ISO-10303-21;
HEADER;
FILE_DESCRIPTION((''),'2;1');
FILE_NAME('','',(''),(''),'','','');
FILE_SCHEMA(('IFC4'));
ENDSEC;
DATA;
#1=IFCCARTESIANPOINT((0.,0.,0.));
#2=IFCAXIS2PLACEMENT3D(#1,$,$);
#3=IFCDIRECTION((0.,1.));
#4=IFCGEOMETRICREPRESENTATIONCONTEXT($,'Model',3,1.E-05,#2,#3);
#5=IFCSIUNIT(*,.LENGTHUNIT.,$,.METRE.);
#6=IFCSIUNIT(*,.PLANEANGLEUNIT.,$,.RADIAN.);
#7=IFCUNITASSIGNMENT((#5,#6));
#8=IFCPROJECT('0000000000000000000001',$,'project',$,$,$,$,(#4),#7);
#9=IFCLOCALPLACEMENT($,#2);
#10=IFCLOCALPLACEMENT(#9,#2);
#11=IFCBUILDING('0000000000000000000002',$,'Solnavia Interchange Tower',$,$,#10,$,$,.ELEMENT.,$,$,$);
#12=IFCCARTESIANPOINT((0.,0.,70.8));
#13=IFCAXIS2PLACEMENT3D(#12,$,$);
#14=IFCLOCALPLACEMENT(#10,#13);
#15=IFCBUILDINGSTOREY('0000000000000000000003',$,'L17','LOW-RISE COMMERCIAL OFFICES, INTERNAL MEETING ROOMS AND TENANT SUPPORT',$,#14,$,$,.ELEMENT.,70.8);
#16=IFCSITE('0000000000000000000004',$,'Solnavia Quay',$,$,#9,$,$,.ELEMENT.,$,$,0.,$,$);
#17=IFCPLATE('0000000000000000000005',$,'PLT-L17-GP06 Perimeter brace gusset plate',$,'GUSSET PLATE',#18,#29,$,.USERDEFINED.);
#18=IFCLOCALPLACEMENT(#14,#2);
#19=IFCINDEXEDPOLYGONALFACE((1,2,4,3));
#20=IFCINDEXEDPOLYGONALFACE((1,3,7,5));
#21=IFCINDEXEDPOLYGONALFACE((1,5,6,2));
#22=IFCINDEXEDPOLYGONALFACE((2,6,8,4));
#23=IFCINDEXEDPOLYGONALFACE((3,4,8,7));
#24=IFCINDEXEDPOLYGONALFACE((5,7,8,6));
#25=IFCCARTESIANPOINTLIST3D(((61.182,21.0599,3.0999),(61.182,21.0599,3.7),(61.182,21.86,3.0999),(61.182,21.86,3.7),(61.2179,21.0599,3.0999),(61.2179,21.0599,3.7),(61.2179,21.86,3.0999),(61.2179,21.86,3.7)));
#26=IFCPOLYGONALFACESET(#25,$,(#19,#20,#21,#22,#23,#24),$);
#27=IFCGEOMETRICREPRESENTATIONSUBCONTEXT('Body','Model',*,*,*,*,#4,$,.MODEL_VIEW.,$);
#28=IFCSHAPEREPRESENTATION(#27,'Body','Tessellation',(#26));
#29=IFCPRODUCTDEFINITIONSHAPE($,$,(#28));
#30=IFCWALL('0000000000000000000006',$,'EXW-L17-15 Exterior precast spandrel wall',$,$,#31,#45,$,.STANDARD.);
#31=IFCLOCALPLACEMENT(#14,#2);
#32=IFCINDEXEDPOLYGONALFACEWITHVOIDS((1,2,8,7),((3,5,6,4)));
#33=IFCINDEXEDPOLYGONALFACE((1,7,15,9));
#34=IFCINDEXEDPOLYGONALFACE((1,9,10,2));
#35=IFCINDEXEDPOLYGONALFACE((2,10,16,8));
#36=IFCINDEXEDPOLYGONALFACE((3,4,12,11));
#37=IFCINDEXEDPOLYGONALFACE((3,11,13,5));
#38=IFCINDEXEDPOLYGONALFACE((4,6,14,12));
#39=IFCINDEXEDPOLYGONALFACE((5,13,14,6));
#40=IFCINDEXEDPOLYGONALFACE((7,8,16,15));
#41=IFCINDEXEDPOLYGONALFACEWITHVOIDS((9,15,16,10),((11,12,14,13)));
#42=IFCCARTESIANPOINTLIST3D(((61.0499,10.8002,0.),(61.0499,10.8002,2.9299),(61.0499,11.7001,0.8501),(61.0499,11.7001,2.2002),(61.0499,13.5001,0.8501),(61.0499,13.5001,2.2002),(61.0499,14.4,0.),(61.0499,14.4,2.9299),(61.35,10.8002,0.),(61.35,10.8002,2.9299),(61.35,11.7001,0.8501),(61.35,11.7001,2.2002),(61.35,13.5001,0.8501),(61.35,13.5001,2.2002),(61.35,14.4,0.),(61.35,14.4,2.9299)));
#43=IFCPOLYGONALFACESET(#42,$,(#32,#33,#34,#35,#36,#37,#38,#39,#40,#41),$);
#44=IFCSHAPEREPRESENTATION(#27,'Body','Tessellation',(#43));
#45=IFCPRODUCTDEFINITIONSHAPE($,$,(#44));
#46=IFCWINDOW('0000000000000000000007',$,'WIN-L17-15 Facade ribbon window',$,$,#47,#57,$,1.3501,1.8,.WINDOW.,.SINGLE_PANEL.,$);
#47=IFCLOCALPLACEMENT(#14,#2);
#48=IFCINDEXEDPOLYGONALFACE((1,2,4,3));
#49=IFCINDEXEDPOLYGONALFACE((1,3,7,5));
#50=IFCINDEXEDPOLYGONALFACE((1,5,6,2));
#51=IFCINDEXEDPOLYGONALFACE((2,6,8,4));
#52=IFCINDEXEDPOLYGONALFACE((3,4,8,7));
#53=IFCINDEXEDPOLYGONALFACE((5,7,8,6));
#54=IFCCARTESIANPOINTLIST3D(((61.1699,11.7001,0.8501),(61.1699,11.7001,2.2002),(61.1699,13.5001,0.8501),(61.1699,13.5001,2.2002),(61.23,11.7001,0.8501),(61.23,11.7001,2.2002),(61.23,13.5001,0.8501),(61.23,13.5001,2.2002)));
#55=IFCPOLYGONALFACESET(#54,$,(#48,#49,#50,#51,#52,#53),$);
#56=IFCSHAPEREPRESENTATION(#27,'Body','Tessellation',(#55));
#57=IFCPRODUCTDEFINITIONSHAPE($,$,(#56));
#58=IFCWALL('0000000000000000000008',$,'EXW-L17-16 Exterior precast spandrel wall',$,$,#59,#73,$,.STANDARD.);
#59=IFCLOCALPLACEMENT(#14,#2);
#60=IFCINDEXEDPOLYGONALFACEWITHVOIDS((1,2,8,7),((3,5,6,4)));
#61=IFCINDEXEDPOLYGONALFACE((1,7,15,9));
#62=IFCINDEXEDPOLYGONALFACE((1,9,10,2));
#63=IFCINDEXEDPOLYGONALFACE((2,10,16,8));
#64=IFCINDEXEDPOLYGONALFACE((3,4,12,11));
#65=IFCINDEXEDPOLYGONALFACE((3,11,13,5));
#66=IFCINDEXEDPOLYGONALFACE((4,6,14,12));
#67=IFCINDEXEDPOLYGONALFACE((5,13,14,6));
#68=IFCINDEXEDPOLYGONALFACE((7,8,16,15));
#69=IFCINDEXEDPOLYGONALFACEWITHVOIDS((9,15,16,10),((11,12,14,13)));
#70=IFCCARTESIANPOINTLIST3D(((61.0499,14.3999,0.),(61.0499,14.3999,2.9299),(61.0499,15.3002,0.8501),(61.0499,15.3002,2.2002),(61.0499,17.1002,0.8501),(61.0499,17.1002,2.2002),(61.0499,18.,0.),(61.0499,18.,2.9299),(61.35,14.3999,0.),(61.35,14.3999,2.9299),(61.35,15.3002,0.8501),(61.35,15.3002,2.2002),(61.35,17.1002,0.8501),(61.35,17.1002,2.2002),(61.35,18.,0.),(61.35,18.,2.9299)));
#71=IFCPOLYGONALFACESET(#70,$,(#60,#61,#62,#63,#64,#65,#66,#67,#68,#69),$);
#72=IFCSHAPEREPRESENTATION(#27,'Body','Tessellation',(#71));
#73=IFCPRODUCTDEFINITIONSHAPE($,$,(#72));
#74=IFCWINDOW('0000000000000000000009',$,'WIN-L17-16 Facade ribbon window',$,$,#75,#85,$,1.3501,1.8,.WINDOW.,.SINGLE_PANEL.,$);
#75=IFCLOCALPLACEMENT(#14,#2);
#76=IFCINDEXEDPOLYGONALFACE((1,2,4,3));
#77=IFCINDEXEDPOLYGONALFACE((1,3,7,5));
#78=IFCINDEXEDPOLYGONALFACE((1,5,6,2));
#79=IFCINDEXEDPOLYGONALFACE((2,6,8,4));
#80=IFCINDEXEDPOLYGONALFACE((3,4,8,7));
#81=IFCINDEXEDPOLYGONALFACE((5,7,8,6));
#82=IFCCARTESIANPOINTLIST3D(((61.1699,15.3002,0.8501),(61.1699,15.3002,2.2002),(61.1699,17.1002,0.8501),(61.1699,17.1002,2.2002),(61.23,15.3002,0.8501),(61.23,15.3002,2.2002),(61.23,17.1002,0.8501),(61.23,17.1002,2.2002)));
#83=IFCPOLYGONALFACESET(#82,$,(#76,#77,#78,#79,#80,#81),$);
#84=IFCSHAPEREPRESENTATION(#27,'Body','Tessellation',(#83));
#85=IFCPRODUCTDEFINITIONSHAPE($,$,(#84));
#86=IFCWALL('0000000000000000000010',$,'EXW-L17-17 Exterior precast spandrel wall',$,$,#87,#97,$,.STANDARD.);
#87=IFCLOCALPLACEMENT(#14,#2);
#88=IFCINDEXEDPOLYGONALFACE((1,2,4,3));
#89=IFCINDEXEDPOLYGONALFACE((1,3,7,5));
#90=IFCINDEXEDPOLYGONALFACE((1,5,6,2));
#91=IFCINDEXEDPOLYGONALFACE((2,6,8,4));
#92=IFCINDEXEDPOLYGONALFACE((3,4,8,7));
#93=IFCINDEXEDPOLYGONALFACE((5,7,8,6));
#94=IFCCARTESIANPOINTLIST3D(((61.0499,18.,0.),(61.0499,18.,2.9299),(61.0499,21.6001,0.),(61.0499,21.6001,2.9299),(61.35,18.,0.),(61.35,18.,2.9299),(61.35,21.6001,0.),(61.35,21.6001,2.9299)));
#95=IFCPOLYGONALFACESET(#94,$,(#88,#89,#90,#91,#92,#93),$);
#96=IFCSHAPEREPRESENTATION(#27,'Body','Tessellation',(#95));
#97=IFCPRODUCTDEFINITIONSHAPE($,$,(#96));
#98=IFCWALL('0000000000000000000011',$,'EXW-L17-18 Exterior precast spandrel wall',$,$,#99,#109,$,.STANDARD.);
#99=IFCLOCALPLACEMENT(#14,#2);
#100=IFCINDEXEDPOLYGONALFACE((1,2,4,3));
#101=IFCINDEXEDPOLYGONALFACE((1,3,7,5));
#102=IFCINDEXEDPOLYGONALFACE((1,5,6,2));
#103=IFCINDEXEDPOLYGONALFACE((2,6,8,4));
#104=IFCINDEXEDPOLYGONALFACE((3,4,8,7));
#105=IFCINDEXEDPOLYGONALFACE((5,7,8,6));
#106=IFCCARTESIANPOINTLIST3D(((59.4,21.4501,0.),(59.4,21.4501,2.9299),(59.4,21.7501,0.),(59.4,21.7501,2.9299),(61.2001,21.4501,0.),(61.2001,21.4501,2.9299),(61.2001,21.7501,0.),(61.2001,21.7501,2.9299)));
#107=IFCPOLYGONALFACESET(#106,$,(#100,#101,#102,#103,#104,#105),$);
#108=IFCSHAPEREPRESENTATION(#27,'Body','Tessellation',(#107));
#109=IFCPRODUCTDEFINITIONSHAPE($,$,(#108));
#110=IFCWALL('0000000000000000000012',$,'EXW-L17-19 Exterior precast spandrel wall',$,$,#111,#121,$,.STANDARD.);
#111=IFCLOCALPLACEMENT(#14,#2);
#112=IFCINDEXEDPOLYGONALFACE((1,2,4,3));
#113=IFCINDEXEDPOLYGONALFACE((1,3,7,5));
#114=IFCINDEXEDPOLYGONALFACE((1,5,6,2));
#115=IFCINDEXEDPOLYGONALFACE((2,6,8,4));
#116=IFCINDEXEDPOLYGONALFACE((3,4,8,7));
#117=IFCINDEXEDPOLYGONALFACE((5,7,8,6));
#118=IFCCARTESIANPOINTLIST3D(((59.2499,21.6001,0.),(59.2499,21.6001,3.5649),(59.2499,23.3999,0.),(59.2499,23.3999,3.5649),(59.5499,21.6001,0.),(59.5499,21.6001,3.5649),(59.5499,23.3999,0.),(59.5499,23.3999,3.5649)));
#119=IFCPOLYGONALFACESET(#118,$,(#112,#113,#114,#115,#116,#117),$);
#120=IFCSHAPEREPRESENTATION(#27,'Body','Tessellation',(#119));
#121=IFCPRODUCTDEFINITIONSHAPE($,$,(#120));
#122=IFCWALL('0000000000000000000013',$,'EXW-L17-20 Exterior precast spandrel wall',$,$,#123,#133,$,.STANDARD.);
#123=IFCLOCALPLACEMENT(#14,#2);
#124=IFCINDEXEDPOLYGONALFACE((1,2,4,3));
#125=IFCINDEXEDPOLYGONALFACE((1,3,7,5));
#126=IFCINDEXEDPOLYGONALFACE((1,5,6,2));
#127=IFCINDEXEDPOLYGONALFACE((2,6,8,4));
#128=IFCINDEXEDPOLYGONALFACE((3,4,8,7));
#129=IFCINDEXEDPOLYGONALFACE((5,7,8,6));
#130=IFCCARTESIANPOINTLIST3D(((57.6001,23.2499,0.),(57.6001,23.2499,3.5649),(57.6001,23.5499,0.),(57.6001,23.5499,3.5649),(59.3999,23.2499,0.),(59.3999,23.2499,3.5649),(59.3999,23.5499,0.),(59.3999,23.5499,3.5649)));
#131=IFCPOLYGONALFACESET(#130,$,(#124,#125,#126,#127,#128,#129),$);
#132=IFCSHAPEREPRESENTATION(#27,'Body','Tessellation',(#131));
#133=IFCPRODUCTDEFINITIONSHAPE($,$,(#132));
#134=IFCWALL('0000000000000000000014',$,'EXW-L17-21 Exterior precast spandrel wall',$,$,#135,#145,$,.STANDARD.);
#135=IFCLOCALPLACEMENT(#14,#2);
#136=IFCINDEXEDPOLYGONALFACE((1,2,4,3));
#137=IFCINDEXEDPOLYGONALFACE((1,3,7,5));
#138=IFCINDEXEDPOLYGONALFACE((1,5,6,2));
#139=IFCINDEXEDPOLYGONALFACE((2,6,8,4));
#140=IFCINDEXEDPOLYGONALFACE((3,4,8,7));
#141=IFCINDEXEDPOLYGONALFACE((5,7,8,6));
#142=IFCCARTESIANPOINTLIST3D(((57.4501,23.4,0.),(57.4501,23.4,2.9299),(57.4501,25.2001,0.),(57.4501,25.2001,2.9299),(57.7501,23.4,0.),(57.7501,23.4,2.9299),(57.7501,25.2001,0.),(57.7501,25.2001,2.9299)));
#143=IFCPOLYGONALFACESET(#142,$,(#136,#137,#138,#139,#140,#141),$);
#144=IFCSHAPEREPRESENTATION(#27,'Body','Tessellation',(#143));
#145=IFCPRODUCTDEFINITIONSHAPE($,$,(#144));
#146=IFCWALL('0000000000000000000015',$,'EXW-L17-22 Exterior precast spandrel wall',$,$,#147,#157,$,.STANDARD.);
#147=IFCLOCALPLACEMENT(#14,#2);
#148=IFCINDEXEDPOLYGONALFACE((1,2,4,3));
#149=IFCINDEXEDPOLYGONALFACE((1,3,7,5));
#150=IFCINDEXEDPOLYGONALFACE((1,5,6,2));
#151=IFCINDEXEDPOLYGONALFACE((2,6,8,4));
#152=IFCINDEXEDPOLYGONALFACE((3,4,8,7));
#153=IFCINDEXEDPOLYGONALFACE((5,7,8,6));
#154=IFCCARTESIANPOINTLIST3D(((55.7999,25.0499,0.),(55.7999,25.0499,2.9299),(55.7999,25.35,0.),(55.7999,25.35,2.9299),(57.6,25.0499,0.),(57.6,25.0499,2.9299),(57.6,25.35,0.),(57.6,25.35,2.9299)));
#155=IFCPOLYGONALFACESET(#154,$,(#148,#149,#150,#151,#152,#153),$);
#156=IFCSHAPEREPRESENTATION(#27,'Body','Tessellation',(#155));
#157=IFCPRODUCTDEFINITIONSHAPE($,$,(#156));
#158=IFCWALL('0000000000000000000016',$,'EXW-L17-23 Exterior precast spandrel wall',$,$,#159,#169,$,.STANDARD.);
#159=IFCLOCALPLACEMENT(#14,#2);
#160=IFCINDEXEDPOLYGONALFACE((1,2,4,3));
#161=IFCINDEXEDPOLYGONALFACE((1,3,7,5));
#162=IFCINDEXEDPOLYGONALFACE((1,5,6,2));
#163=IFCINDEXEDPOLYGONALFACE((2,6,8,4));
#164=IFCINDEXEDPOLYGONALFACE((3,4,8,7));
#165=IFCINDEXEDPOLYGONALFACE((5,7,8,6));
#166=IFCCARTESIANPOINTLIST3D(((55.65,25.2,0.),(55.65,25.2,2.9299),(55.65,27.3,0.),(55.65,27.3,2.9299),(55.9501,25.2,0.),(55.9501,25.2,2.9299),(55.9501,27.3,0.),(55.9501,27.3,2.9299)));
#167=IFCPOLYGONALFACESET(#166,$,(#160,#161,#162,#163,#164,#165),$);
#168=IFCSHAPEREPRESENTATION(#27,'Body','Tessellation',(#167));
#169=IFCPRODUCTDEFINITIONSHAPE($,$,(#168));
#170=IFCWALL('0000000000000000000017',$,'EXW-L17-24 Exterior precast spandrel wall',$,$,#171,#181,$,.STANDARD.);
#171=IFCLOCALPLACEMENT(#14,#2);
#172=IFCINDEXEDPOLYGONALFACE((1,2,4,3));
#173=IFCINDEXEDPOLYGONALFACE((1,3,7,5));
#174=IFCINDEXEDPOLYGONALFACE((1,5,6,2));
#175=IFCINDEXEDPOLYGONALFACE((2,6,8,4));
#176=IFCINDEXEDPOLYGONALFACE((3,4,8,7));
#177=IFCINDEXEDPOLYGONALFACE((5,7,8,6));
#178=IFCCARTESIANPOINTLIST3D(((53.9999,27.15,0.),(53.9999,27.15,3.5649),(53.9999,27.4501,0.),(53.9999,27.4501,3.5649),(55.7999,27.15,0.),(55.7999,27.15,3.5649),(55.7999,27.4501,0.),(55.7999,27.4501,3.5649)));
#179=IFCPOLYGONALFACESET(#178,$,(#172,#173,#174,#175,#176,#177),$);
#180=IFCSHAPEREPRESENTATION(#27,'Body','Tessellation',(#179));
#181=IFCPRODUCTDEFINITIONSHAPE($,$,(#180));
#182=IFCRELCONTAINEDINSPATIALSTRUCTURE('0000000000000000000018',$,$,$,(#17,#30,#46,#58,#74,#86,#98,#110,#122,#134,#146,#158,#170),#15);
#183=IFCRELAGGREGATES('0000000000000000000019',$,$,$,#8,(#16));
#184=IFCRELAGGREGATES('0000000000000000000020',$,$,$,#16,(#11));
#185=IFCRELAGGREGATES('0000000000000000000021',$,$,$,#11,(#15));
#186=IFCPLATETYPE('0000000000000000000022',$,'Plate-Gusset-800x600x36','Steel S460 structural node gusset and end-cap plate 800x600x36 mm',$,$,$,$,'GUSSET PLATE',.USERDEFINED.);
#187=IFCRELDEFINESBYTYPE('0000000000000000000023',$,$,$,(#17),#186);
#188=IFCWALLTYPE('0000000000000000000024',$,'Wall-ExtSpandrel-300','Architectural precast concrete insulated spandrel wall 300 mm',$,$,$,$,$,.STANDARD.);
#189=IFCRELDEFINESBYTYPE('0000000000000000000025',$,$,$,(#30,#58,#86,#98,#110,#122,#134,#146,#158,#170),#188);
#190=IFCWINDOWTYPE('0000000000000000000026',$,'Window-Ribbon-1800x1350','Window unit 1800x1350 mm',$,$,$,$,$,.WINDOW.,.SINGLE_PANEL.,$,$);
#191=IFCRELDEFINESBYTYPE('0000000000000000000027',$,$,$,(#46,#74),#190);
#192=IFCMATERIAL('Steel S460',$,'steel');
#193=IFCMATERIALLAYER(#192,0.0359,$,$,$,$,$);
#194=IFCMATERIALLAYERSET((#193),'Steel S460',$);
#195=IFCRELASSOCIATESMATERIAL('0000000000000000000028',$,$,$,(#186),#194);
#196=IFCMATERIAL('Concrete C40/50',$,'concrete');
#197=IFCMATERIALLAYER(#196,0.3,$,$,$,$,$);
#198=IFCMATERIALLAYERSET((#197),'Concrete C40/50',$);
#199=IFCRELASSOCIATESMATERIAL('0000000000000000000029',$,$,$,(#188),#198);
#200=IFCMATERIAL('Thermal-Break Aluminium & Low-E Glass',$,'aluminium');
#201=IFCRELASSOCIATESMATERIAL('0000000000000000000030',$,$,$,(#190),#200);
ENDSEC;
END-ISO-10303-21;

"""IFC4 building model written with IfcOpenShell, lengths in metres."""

from ifc_helpers import new_model, si_unit, direction, frame, frame_2d, origin, origin_2d, place, context, subcontext, project, spatial, rectangle, extrude, material, layer, layer_set, type_object, element, fill, save


model = new_model("IFC4")

# Units and contexts
model_context = context("Model", 3, precision=1e-05, world=origin(), true_north=direction((0.0, 1.0)))
body_context = subcontext(model_context, "Body", "Model", "MODEL_VIEW")
ifc_project = project(units=[si_unit("LENGTHUNIT", "METRE"), si_unit("PLANEANGLEUNIT", "RADIAN")], contexts=[model_context])

# Site, building, storey
site_placement = place(None, origin())
site = spatial("IfcSite", under=ifc_project, at=site_placement, Name="Solnavia Quay", CompositionType="ELEMENT", RefElevation=0.0)
building_placement = place(site_placement, origin())
building = spatial("IfcBuilding", under=site, at=building_placement, Name="Solnavia Interchange Tower", CompositionType="ELEMENT")
storey_placement = place(building_placement, frame((0.0, 0.0, 70.8)))
storey = spatial("IfcBuildingStorey", under=building, at=storey_placement, Name="L17", Description="LOW-RISE COMMERCIAL OFFICES, INTERNAL MEETING ROOMS AND TENANT SUPPORT", CompositionType="ELEMENT", Elevation=70.8)

# Shared definitions
ifc_material_1 = material(Name="Steel S460", Category="steel")

# Plate
ifc_layer_1 = layer(ifc_material_1, 0.0359)
ifc_layer_set_1 = layer_set([ifc_layer_1], Name="Steel S460")
plate_type = type_object("IfcPlateType", Name="Plate-Gusset-800x600x36", Description="Steel S460 structural node gusset and end-cap plate 800x600x36 mm", ElementType="GUSSET PLATE", PredefinedType="USERDEFINED", material=ifc_layer_set_1)
for number, where, z_axis, x_axis, name in (
    (1, (61.2, 21.46, 3.0999), (0.0, 0.0, 1.0), (0.0, 1.0, 0.0), "PLT-L17-GP06 Perimeter brace gusset plate"),
):
    element("IfcPlate", number, at=place(storey_placement, frame(where, z_axis=z_axis, x_axis=x_axis)), inside=storey, type_object=plate_type, Name=name, ObjectType="GUSSET PLATE", PredefinedType="USERDEFINED", context=body_context, shape_type="SweptSolid", body=[
        extrude(rectangle(XDim=0.8, YDim=0.0359, at=origin_2d()), origin(), (0.0, 0.0, 1.0), 0.6001),
    ])

# Walls, openings, windows
ifc_material_2 = material(Name="Concrete C40/50", Category="concrete")
ifc_layer_2 = layer(ifc_material_2, 0.3)
ifc_layer_set_2 = layer_set([ifc_layer_2], Name="Concrete C40/50")
wall_type = type_object("IfcWallType", Name="Wall-ExtSpandrel-300", Description="Architectural precast concrete insulated spandrel wall 300 mm", PredefinedType="STANDARD", material=ifc_layer_set_2)
wall_1_placement = place(storey_placement, frame((61.2, 14.3999, 0.0), z_axis=(0.0, 0.0, 1.0), x_axis=(0.0, -1.0, 0.0)))
wall_1 = element("IfcWall", 2, at=wall_1_placement, inside=storey, type_object=wall_type, Name="EXW-L17-15 Exterior precast spandrel wall", PredefinedType="STANDARD", context=body_context, shape_type="SweptSolid", body=[
    extrude(rectangle(XDim=3.5999, YDim=0.3, at=frame_2d((1.7998, 0.0))), origin(), (0.0, 0.0, 1.0), 2.9299),
])
opening_1_placement = place(wall_1_placement, frame((0.8999, 0.0, 0.8501)))
opening_1 = element("IfcOpeningElement", 3, at=opening_1_placement, cuts=wall_1, PredefinedType="OPENING", context=body_context, shape_type="SweptSolid", body=[
    extrude(rectangle(XDim=1.8, YDim=1.3501, at=frame_2d((0.8999, 0.675))), frame((0.0, 0.1602, 0.0), z_axis=(0.0, -1.0, 0.0), x_axis=(1.0, 0.0, 0.0)), (0.0, 0.0, 1.0), 0.3201),
])
ifc_material_3 = material(Name="Thermal-Break Aluminium & Low-E Glass", Category="aluminium")
window_type = type_object("IfcWindowType", Name="Window-Ribbon-1800x1350", Description="Window unit 1800x1350 mm", PartitioningType="SINGLE_PANEL", PredefinedType="WINDOW", material=ifc_material_3)
window_1_placement = place(opening_1_placement, origin())
window_1 = element("IfcWindow", 4, at=window_1_placement, inside=storey, type_object=window_type, Name="WIN-L17-15 Facade ribbon window", OverallHeight=1.3501, OverallWidth=1.8, PartitioningType="SINGLE_PANEL", PredefinedType="WINDOW", context=body_context, shape_type="SweptSolid", body=[
    extrude(rectangle(XDim=1.8, YDim=1.3501, at=frame_2d((0.8999, 0.675))), frame((0.0, 0.03, 0.0), z_axis=(0.0, -1.0, 0.0), x_axis=(1.0, 0.0, 0.0)), (0.0, 0.0, 1.0), 0.0601),
])
fill(opening_1, window_1)
wall_2_placement = place(storey_placement, frame((61.2, 18.0, 0.0), z_axis=(0.0, 0.0, 1.0), x_axis=(0.0, -1.0, 0.0)))
wall_2 = element("IfcWall", 5, at=wall_2_placement, inside=storey, type_object=wall_type, Name="EXW-L17-16 Exterior precast spandrel wall", PredefinedType="STANDARD", context=body_context, shape_type="SweptSolid", body=[
    extrude(rectangle(XDim=3.6001, YDim=0.3, at=frame_2d((1.8, 0.0))), origin(), (0.0, 0.0, 1.0), 2.9299),
])
opening_2_placement = place(wall_2_placement, frame((0.8999, 0.0, 0.8501)))
opening_2 = element("IfcOpeningElement", 6, at=opening_2_placement, cuts=wall_2, PredefinedType="OPENING", context=body_context, shape_type="SweptSolid", body=[
    extrude(rectangle(XDim=1.8, YDim=1.3501, at=frame_2d((0.8999, 0.675))), frame((0.0, 0.1602, 0.0), z_axis=(0.0, -1.0, 0.0), x_axis=(1.0, 0.0, 0.0)), (0.0, 0.0, 1.0), 0.3201),
])
window_2_placement = place(opening_2_placement, origin())
window_2 = element("IfcWindow", 7, at=window_2_placement, inside=storey, type_object=window_type, Name="WIN-L17-16 Facade ribbon window", OverallHeight=1.3501, OverallWidth=1.8, PartitioningType="SINGLE_PANEL", PredefinedType="WINDOW", context=body_context, shape_type="SweptSolid", body=[
    extrude(rectangle(XDim=1.8, YDim=1.3501, at=frame_2d((0.8999, 0.675))), frame((0.0, 0.03, 0.0), z_axis=(0.0, -1.0, 0.0), x_axis=(1.0, 0.0, 0.0)), (0.0, 0.0, 1.0), 0.0601),
])
fill(opening_2, window_2)

# Walls
wall_3_placement = place(storey_placement, frame((61.2, 21.6001, 0.0), z_axis=(0.0, 0.0, 1.0), x_axis=(0.0, -1.0, 0.0)))
element("IfcWall", 8, at=wall_3_placement, inside=storey, type_object=wall_type, Name="EXW-L17-17 Exterior precast spandrel wall", PredefinedType="STANDARD", context=body_context, shape_type="SweptSolid", body=[
    extrude(rectangle(XDim=3.6001, YDim=0.3, at=frame_2d((1.8, 0.0))), origin(), (0.0, 0.0, 1.0), 2.9299),
])
wall_4_placement = place(storey_placement, frame((61.2, 21.6001, 0.0), z_axis=(0.0, 0.0, 1.0), x_axis=(-1.0, 0.0, 0.0)))
element("IfcWall", 9, at=wall_4_placement, inside=storey, type_object=wall_type, Name="EXW-L17-18 Exterior precast spandrel wall", PredefinedType="STANDARD", context=body_context, shape_type="SweptSolid", body=[
    extrude(rectangle(XDim=1.8, YDim=0.3, at=frame_2d((0.8999, 0.0))), origin(), (0.0, 0.0, 1.0), 2.9299),
])
for number, where, z_axis, x_axis, name in (
    (10, (59.3999, 23.3999, 0.0), (0.0, 0.0, 1.0), (0.0, -1.0, 0.0), "EXW-L17-19 Exterior precast spandrel wall"),
    (11, (57.6001, 23.3999, 0.0), (0.0, 0.0, 1.0), (1.0, 0.0, 0.0), "EXW-L17-20 Exterior precast spandrel wall"),
):
    element("IfcWall", number, at=place(storey_placement, frame(where, z_axis=z_axis, x_axis=x_axis)), inside=storey, type_object=wall_type, Name=name, PredefinedType="STANDARD", context=body_context, shape_type="SweptSolid", body=[
        extrude(rectangle(XDim=1.7998, YDim=0.3, at=frame_2d((0.8999, 0.0))), origin(), (0.0, 0.0, 1.0), 3.5649),
    ])
for number, where, z_axis, x_axis, name in (
    (12, (57.6001, 25.2, 0.0), (0.0, 0.0, 1.0), (0.0, -1.0, 0.0), "EXW-L17-21 Exterior precast spandrel wall"),
    (13, (55.8, 25.2, 0.0), (0.0, 0.0, 1.0), (1.0, 0.0, 0.0), "EXW-L17-22 Exterior precast spandrel wall"),
):
    element("IfcWall", number, at=place(storey_placement, frame(where, z_axis=z_axis, x_axis=x_axis)), inside=storey, type_object=wall_type, Name=name, PredefinedType="STANDARD", context=body_context, shape_type="SweptSolid", body=[
        extrude(rectangle(XDim=1.8, YDim=0.3, at=frame_2d((0.8999, 0.0))), origin(), (0.0, 0.0, 1.0), 2.9299),
    ])
wall_5_placement = place(storey_placement, frame((55.8, 27.3, 0.0), z_axis=(0.0, 0.0, 1.0), x_axis=(0.0, -1.0, 0.0)))
element("IfcWall", 14, at=wall_5_placement, inside=storey, type_object=wall_type, Name="EXW-L17-23 Exterior precast spandrel wall", PredefinedType="STANDARD", context=body_context, shape_type="SweptSolid", body=[
    extrude(rectangle(XDim=2.1001, YDim=0.3, at=frame_2d((1.05, 0.0))), origin(), (0.0, 0.0, 1.0), 2.9299),
])
wall_6_placement = place(storey_placement, frame((54.0, 27.3, 0.0), z_axis=(0.0, 0.0, 1.0), x_axis=(1.0, 0.0, 0.0)))
element("IfcWall", 15, at=wall_6_placement, inside=storey, type_object=wall_type, Name="EXW-L17-24 Exterior precast spandrel wall", PredefinedType="STANDARD", context=body_context, shape_type="SweptSolid", body=[
    extrude(rectangle(XDim=1.8, YDim=0.3, at=frame_2d((0.8999, 0.0))), origin(), (0.0, 0.0, 1.0), 3.5649),
])

save(model, "model.ifc")
